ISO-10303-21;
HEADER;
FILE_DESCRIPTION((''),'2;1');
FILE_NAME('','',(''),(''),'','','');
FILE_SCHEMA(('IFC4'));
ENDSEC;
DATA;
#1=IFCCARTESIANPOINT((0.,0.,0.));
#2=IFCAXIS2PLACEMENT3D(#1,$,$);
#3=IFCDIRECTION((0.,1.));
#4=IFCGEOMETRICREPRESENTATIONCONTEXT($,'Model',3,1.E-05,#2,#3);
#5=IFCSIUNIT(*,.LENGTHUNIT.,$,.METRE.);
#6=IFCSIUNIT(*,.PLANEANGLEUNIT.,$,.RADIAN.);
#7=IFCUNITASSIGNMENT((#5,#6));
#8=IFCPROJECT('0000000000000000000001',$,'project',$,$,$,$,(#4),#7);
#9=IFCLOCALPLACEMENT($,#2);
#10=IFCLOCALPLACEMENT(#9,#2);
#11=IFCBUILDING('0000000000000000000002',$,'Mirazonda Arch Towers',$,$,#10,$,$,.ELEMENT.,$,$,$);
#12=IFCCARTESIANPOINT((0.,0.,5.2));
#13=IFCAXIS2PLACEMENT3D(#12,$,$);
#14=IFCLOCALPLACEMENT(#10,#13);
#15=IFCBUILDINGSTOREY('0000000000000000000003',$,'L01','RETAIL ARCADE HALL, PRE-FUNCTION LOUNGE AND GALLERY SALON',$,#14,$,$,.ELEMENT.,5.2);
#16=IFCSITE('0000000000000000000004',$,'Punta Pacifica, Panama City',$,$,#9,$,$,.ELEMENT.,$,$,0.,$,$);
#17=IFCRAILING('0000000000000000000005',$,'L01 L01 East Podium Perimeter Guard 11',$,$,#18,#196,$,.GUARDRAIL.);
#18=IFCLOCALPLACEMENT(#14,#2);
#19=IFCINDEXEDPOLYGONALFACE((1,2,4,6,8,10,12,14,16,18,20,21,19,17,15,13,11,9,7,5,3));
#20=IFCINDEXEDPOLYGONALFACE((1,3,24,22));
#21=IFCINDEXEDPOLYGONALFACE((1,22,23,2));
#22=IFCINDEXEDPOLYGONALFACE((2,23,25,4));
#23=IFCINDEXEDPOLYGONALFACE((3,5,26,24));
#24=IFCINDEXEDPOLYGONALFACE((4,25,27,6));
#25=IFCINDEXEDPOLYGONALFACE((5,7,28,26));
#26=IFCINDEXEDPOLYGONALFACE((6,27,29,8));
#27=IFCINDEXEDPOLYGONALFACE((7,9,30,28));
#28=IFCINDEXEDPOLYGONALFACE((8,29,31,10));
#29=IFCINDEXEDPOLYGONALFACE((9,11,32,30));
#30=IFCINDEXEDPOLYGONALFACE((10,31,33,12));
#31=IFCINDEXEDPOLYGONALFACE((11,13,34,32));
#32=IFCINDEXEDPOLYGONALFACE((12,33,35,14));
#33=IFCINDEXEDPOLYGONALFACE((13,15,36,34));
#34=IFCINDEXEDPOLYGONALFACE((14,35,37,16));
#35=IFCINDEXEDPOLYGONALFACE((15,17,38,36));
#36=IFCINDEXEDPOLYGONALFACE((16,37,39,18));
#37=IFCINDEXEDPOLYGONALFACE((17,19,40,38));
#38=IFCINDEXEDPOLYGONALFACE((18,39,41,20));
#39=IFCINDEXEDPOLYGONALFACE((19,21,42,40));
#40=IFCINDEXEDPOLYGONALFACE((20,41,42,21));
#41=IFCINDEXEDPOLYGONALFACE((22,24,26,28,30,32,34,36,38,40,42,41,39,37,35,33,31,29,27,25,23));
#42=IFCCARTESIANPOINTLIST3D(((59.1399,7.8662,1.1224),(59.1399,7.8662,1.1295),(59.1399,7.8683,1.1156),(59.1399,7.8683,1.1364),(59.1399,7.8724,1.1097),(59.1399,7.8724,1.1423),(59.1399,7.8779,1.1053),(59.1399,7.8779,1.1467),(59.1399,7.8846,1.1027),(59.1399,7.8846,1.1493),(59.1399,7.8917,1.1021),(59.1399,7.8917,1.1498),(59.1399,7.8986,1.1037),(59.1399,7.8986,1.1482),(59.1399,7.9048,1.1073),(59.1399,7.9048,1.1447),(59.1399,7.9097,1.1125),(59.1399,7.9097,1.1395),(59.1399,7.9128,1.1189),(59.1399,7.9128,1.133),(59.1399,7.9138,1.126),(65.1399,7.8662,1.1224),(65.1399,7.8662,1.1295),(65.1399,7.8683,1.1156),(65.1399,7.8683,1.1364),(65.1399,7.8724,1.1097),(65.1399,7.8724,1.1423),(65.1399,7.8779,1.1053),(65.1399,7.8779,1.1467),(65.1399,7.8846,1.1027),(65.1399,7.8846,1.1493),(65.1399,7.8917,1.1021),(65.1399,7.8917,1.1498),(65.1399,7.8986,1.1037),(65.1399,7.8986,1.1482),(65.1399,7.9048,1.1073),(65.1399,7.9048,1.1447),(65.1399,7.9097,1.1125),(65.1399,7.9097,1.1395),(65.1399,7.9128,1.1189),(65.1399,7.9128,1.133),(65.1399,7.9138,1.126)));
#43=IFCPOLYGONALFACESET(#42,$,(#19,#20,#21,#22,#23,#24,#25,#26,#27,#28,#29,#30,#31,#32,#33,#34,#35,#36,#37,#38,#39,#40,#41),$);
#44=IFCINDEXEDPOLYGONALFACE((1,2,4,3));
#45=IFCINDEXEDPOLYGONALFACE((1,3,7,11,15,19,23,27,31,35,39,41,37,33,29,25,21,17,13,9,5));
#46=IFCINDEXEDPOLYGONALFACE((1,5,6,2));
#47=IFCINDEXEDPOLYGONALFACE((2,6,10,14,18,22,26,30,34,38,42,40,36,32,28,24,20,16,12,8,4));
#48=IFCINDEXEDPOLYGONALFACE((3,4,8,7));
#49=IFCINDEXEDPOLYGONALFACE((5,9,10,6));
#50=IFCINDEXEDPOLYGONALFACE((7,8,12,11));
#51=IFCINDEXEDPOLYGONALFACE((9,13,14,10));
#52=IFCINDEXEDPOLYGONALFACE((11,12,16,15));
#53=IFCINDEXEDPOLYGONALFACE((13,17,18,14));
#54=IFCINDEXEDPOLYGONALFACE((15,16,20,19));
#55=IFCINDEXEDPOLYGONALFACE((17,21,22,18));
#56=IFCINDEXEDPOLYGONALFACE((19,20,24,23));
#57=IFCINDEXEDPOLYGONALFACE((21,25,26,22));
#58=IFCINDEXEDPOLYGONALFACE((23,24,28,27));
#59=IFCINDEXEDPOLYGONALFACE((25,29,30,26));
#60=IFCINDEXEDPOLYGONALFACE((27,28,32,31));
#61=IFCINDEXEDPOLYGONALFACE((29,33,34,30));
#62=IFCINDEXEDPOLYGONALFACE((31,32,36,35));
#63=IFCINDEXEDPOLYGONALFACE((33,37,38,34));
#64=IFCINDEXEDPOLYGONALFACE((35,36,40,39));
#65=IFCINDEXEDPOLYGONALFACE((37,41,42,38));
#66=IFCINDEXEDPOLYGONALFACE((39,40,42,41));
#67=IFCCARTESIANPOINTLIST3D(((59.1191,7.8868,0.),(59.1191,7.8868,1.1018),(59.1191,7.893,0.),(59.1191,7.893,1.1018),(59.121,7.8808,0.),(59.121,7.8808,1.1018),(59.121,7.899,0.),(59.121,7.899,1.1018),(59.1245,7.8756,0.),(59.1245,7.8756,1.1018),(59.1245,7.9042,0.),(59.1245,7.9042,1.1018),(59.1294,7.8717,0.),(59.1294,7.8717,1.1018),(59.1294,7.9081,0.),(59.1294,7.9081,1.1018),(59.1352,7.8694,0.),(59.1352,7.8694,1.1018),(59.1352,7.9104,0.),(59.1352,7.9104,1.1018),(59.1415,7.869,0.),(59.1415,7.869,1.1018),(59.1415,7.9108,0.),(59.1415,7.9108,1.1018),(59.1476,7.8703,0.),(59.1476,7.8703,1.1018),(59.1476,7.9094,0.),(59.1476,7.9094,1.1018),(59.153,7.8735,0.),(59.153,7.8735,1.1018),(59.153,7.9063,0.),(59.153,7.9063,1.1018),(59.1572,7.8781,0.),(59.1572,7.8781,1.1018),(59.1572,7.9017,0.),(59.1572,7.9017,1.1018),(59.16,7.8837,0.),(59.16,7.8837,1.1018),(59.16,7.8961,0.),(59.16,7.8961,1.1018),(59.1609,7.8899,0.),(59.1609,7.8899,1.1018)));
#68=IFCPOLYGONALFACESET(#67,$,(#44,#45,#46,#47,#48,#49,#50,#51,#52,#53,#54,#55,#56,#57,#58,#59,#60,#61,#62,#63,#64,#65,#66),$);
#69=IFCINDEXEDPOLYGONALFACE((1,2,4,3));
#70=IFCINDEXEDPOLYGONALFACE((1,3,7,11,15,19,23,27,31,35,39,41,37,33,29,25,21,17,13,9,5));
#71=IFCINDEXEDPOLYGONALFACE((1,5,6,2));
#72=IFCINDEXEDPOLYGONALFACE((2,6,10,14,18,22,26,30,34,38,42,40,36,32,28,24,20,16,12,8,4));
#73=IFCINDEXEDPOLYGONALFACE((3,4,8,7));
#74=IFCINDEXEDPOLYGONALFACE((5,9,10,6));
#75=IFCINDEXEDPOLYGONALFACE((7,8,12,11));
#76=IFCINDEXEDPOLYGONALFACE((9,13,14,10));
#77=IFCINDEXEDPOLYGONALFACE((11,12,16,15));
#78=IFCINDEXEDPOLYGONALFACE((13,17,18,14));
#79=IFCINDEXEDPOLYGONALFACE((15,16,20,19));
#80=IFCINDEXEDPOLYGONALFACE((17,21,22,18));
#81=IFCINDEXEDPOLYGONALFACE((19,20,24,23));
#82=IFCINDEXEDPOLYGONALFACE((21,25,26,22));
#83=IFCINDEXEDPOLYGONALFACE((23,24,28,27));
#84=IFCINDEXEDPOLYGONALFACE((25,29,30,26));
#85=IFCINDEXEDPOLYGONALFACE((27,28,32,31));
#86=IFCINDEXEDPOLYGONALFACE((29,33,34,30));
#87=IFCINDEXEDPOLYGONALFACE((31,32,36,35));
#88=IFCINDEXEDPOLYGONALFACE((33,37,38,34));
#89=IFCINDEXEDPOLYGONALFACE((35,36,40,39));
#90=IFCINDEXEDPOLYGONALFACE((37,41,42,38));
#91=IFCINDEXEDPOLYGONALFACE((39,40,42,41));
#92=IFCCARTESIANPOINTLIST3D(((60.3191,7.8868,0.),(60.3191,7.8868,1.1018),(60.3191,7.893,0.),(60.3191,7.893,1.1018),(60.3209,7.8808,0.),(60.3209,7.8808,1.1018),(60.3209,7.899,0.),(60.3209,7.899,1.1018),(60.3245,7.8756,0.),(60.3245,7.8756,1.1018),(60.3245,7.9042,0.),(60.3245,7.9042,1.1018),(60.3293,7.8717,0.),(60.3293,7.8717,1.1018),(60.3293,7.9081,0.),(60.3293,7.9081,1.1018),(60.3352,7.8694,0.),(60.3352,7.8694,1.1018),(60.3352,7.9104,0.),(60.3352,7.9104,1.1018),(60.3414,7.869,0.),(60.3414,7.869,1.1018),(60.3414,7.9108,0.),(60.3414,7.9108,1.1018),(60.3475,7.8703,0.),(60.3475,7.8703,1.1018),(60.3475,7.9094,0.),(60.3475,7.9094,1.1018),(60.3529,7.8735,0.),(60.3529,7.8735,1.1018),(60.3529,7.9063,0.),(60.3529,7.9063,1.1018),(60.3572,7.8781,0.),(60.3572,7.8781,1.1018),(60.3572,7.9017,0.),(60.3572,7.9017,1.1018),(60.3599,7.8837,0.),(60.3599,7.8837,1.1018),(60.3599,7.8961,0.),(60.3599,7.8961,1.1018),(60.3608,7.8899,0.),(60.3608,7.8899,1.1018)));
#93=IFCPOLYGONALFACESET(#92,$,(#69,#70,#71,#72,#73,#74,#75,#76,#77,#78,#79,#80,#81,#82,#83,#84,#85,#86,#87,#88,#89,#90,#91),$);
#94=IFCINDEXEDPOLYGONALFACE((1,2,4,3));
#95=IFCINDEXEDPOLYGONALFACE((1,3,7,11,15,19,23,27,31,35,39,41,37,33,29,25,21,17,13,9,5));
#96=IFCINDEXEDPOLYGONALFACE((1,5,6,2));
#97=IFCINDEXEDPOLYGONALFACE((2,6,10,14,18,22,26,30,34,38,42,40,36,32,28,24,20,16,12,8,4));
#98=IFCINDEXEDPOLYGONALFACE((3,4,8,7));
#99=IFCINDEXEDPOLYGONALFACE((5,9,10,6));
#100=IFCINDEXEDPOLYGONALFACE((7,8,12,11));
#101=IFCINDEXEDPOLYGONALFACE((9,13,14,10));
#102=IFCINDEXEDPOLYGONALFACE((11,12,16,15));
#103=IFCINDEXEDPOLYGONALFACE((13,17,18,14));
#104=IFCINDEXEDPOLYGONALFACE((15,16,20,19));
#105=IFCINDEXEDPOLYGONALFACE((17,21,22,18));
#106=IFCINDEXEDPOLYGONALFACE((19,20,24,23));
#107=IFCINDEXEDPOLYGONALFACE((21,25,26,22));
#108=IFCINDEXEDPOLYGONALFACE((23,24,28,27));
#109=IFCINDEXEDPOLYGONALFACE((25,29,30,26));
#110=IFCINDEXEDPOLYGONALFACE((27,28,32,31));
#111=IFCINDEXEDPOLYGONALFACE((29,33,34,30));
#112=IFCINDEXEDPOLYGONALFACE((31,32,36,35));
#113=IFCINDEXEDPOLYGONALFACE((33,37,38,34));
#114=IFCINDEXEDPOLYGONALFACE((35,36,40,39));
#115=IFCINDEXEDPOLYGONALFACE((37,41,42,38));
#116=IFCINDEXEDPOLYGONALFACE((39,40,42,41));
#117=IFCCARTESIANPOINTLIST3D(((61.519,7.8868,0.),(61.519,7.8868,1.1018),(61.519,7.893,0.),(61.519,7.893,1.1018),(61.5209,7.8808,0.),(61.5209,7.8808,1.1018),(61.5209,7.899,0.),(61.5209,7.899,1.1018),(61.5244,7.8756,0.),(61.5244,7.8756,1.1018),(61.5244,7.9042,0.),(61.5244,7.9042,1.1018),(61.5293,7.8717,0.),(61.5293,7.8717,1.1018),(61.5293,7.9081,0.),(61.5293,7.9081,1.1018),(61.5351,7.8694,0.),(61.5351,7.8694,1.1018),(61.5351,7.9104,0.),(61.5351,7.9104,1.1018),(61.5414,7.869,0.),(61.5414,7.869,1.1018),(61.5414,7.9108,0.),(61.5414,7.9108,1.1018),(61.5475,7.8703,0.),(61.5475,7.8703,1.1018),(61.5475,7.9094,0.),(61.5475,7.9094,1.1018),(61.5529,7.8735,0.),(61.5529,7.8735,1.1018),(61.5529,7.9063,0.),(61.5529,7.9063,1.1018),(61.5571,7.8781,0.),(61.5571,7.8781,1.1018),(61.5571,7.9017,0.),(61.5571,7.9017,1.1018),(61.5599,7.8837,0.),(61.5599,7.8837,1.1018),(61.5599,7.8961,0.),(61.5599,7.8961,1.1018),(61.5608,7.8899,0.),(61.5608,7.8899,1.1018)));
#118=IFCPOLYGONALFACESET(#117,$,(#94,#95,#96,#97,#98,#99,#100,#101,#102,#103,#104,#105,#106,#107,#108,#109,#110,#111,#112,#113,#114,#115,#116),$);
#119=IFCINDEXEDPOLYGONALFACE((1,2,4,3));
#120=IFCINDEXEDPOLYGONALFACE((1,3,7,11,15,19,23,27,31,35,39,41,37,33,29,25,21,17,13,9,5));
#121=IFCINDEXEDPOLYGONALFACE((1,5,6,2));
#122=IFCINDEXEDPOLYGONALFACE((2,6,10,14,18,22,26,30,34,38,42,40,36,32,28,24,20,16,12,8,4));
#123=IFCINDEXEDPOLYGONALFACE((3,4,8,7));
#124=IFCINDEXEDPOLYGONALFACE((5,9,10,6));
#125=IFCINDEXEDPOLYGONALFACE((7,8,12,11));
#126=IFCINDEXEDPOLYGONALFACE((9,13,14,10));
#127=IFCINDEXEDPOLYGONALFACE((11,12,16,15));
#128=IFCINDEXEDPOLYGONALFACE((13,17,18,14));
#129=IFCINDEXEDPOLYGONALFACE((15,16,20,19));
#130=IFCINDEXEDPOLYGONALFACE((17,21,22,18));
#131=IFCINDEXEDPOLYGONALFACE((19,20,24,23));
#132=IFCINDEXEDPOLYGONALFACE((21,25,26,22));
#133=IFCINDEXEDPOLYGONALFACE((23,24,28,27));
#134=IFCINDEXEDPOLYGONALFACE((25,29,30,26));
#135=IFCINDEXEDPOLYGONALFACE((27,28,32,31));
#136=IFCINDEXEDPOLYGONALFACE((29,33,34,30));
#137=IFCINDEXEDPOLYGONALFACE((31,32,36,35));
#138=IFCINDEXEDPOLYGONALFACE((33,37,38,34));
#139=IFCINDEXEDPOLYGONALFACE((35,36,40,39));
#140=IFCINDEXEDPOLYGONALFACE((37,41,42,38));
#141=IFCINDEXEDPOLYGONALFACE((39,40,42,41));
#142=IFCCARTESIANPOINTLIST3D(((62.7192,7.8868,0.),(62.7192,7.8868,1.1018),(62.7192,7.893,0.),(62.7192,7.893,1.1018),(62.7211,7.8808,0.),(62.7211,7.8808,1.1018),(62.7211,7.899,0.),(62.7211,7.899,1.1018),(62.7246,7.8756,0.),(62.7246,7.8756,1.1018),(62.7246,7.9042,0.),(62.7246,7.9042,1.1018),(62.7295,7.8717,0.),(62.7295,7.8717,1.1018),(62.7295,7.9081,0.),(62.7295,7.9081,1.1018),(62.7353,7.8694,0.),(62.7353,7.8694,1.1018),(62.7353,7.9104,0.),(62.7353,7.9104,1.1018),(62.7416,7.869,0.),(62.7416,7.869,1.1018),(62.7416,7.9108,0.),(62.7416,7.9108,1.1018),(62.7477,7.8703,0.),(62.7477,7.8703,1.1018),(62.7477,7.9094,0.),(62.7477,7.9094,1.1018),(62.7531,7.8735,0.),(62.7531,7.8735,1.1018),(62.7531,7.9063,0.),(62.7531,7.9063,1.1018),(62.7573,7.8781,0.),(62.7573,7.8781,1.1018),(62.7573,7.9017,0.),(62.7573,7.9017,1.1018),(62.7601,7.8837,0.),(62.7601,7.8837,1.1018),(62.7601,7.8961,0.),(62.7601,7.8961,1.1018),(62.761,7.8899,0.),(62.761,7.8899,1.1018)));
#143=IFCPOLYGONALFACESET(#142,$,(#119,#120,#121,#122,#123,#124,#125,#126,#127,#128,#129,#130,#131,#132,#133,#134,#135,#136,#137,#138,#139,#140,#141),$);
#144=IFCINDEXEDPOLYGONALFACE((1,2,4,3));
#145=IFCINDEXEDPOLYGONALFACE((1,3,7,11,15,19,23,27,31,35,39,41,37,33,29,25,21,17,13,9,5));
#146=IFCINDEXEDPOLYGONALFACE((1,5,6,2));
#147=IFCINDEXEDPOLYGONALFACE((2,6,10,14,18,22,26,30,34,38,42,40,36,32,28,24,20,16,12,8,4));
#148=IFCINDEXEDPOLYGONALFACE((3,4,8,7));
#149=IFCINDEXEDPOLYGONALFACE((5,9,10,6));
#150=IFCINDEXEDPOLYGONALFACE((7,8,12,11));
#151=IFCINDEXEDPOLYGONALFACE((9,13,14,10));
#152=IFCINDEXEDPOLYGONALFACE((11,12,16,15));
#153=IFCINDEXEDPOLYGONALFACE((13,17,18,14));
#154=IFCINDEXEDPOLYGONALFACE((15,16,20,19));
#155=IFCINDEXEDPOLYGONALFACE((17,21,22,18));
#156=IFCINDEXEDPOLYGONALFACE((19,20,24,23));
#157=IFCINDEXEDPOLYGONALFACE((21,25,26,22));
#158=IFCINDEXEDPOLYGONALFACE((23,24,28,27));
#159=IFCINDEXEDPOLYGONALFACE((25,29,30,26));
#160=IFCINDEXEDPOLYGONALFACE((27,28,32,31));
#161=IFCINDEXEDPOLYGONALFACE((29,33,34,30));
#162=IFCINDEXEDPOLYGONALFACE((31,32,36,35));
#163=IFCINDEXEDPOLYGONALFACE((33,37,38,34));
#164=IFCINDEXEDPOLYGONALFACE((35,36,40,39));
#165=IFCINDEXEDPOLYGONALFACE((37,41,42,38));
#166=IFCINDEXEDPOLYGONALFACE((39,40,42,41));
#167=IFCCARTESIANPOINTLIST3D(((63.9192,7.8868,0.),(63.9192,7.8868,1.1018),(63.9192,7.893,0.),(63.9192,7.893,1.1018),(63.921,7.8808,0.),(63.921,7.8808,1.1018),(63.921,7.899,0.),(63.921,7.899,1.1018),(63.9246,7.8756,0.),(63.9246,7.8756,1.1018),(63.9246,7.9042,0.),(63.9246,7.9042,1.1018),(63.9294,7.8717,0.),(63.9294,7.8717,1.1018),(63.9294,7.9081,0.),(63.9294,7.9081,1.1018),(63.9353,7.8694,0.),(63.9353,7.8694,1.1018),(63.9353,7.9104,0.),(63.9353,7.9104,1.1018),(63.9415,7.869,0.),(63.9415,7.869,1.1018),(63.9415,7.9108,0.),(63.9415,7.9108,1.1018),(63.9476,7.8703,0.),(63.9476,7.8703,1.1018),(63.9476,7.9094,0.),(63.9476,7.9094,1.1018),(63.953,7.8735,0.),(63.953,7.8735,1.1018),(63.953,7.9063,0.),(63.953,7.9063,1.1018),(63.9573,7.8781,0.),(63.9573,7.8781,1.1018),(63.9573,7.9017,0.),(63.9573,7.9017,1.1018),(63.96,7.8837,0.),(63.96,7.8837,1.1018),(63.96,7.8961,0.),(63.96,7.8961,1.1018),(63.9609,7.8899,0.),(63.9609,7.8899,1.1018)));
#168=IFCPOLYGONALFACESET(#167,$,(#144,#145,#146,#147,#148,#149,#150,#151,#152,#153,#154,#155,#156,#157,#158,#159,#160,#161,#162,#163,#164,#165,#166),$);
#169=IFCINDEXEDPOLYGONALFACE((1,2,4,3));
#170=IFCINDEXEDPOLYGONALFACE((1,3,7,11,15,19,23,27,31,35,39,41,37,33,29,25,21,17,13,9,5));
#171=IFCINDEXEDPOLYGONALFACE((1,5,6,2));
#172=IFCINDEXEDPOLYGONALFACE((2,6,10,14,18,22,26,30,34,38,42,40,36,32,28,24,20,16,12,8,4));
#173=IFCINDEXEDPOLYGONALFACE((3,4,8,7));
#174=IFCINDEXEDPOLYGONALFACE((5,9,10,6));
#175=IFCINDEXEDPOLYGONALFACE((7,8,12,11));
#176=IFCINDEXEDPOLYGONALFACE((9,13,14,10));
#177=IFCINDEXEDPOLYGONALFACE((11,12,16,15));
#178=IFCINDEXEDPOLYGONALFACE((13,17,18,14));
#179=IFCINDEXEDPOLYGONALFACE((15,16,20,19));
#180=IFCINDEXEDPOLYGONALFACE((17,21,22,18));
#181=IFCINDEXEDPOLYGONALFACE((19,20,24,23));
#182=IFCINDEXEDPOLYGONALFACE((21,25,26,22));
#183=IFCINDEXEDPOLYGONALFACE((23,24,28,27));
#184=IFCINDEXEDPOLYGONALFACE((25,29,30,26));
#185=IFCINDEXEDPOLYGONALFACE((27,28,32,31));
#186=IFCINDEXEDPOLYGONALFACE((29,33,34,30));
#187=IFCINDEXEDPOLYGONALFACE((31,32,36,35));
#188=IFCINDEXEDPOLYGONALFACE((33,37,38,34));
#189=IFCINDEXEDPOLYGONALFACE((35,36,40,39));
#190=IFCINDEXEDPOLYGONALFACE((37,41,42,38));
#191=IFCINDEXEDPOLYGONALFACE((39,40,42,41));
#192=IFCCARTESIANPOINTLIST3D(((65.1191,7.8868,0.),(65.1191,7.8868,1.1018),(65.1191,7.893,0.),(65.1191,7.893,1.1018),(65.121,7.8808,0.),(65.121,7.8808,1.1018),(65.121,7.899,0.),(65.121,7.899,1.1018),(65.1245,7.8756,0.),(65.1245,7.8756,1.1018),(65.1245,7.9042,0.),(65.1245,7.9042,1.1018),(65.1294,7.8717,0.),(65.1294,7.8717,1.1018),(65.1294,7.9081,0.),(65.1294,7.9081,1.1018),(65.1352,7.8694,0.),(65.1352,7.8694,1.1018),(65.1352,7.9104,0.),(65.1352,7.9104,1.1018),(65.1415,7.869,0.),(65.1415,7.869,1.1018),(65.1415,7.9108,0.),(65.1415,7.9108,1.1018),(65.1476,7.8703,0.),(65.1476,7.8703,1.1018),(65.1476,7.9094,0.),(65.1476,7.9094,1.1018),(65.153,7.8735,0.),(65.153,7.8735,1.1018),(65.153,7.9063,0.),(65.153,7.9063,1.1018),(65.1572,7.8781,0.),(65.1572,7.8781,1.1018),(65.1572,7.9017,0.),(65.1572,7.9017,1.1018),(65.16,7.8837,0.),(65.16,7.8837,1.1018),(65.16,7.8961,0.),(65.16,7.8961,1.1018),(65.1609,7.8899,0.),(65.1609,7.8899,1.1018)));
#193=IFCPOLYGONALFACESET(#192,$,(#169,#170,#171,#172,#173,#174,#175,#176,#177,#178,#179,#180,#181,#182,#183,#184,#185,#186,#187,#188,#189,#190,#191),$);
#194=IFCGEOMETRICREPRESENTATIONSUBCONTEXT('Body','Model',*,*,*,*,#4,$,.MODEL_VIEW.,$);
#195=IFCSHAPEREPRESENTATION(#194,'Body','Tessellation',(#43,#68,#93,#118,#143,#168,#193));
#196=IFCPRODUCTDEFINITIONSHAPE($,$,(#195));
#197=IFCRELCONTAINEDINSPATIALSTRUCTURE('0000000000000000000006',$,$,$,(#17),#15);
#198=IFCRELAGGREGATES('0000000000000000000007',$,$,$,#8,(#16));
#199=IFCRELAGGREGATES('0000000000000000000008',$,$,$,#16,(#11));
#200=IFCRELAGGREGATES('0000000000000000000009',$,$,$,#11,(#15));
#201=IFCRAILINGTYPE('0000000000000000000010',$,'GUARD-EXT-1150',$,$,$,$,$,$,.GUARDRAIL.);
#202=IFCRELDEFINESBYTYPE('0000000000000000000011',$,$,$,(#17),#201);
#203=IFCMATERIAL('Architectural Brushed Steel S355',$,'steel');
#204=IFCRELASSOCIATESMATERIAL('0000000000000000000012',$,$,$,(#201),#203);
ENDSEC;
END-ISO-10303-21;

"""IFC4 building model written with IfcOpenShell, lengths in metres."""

from ifc_helpers import new_model, si_unit, direction, frame, origin, origin_2d, place, context, subcontext, project, spatial, circle, extrude, material, type_object, element, save


model = new_model("IFC4")

# Units and contexts
model_context = context("Model", 3, precision=1e-05, world=origin(), true_north=direction((0.0, 1.0)))
body_context = subcontext(model_context, "Body", "Model", "MODEL_VIEW")
ifc_project = project(units=[si_unit("LENGTHUNIT", "METRE"), si_unit("PLANEANGLEUNIT", "RADIAN")], contexts=[model_context])

# Site, building, storey
site_placement = place(None, origin())
site = spatial("IfcSite", under=ifc_project, at=site_placement, Name="Punta Pacifica, Panama City", CompositionType="ELEMENT", RefElevation=0.0)
building_placement = place(site_placement, origin())
building = spatial("IfcBuilding", under=site, at=building_placement, Name="Mirazonda Arch Towers", CompositionType="ELEMENT")
storey_placement = place(building_placement, frame((0.0, 0.0, 5.2)))
storey = spatial("IfcBuildingStorey", under=building, at=storey_placement, Name="L01", Description="RETAIL ARCADE HALL, PRE-FUNCTION LOUNGE AND GALLERY SALON", CompositionType="ELEMENT", Elevation=5.2)

# Shared definitions
ifc_material_1 = material(Name="Architectural Brushed Steel S355", Category="steel")

# Railing
railing_type = type_object("IfcRailingType", Name="GUARD-EXT-1150", PredefinedType="GUARDRAIL", material=ifc_material_1)
railing_placement = place(storey_placement, frame((59.1399, 7.8899, 0.0)))
element("IfcRailing", 1, at=railing_placement, inside=storey, type_object=railing_type, Name="L01 L01 East Podium Perimeter Guard 11", PredefinedType="GUARDRAIL", context=body_context, shape_type="SweptSolid", body=[
    extrude(circle(Radius=0.0239, at=origin_2d()), frame((0.0, 0.0, 1.126), z_axis=(1.0, 0.0, 0.0), x_axis=(0.0, 1.0, 0.0)), (0.0, 0.0, 1.0), 6.0),
    extrude(circle(Radius=0.021, at=origin_2d()), origin(), (0.0, 0.0, 1.0), 1.1018),
    extrude(circle(Radius=0.021, at=origin_2d()), frame((1.2, 0.0, 0.0)), (0.0, 0.0, 1.0), 1.1018),
    extrude(circle(Radius=0.021, at=origin_2d()), frame((2.3999, 0.0, 0.0)), (0.0, 0.0, 1.0), 1.1018),
    extrude(circle(Radius=0.021, at=origin_2d()), frame((3.6001, 0.0, 0.0)), (0.0, 0.0, 1.0), 1.1018),
    extrude(circle(Radius=0.021, at=origin_2d()), frame((4.8, 0.0, 0.0)), (0.0, 0.0, 1.0), 1.1018),
    extrude(circle(Radius=0.021, at=origin_2d()), frame((6.0, 0.0, 0.0)), (0.0, 0.0, 1.0), 1.1018),
])

save(model, "model.ifc")
